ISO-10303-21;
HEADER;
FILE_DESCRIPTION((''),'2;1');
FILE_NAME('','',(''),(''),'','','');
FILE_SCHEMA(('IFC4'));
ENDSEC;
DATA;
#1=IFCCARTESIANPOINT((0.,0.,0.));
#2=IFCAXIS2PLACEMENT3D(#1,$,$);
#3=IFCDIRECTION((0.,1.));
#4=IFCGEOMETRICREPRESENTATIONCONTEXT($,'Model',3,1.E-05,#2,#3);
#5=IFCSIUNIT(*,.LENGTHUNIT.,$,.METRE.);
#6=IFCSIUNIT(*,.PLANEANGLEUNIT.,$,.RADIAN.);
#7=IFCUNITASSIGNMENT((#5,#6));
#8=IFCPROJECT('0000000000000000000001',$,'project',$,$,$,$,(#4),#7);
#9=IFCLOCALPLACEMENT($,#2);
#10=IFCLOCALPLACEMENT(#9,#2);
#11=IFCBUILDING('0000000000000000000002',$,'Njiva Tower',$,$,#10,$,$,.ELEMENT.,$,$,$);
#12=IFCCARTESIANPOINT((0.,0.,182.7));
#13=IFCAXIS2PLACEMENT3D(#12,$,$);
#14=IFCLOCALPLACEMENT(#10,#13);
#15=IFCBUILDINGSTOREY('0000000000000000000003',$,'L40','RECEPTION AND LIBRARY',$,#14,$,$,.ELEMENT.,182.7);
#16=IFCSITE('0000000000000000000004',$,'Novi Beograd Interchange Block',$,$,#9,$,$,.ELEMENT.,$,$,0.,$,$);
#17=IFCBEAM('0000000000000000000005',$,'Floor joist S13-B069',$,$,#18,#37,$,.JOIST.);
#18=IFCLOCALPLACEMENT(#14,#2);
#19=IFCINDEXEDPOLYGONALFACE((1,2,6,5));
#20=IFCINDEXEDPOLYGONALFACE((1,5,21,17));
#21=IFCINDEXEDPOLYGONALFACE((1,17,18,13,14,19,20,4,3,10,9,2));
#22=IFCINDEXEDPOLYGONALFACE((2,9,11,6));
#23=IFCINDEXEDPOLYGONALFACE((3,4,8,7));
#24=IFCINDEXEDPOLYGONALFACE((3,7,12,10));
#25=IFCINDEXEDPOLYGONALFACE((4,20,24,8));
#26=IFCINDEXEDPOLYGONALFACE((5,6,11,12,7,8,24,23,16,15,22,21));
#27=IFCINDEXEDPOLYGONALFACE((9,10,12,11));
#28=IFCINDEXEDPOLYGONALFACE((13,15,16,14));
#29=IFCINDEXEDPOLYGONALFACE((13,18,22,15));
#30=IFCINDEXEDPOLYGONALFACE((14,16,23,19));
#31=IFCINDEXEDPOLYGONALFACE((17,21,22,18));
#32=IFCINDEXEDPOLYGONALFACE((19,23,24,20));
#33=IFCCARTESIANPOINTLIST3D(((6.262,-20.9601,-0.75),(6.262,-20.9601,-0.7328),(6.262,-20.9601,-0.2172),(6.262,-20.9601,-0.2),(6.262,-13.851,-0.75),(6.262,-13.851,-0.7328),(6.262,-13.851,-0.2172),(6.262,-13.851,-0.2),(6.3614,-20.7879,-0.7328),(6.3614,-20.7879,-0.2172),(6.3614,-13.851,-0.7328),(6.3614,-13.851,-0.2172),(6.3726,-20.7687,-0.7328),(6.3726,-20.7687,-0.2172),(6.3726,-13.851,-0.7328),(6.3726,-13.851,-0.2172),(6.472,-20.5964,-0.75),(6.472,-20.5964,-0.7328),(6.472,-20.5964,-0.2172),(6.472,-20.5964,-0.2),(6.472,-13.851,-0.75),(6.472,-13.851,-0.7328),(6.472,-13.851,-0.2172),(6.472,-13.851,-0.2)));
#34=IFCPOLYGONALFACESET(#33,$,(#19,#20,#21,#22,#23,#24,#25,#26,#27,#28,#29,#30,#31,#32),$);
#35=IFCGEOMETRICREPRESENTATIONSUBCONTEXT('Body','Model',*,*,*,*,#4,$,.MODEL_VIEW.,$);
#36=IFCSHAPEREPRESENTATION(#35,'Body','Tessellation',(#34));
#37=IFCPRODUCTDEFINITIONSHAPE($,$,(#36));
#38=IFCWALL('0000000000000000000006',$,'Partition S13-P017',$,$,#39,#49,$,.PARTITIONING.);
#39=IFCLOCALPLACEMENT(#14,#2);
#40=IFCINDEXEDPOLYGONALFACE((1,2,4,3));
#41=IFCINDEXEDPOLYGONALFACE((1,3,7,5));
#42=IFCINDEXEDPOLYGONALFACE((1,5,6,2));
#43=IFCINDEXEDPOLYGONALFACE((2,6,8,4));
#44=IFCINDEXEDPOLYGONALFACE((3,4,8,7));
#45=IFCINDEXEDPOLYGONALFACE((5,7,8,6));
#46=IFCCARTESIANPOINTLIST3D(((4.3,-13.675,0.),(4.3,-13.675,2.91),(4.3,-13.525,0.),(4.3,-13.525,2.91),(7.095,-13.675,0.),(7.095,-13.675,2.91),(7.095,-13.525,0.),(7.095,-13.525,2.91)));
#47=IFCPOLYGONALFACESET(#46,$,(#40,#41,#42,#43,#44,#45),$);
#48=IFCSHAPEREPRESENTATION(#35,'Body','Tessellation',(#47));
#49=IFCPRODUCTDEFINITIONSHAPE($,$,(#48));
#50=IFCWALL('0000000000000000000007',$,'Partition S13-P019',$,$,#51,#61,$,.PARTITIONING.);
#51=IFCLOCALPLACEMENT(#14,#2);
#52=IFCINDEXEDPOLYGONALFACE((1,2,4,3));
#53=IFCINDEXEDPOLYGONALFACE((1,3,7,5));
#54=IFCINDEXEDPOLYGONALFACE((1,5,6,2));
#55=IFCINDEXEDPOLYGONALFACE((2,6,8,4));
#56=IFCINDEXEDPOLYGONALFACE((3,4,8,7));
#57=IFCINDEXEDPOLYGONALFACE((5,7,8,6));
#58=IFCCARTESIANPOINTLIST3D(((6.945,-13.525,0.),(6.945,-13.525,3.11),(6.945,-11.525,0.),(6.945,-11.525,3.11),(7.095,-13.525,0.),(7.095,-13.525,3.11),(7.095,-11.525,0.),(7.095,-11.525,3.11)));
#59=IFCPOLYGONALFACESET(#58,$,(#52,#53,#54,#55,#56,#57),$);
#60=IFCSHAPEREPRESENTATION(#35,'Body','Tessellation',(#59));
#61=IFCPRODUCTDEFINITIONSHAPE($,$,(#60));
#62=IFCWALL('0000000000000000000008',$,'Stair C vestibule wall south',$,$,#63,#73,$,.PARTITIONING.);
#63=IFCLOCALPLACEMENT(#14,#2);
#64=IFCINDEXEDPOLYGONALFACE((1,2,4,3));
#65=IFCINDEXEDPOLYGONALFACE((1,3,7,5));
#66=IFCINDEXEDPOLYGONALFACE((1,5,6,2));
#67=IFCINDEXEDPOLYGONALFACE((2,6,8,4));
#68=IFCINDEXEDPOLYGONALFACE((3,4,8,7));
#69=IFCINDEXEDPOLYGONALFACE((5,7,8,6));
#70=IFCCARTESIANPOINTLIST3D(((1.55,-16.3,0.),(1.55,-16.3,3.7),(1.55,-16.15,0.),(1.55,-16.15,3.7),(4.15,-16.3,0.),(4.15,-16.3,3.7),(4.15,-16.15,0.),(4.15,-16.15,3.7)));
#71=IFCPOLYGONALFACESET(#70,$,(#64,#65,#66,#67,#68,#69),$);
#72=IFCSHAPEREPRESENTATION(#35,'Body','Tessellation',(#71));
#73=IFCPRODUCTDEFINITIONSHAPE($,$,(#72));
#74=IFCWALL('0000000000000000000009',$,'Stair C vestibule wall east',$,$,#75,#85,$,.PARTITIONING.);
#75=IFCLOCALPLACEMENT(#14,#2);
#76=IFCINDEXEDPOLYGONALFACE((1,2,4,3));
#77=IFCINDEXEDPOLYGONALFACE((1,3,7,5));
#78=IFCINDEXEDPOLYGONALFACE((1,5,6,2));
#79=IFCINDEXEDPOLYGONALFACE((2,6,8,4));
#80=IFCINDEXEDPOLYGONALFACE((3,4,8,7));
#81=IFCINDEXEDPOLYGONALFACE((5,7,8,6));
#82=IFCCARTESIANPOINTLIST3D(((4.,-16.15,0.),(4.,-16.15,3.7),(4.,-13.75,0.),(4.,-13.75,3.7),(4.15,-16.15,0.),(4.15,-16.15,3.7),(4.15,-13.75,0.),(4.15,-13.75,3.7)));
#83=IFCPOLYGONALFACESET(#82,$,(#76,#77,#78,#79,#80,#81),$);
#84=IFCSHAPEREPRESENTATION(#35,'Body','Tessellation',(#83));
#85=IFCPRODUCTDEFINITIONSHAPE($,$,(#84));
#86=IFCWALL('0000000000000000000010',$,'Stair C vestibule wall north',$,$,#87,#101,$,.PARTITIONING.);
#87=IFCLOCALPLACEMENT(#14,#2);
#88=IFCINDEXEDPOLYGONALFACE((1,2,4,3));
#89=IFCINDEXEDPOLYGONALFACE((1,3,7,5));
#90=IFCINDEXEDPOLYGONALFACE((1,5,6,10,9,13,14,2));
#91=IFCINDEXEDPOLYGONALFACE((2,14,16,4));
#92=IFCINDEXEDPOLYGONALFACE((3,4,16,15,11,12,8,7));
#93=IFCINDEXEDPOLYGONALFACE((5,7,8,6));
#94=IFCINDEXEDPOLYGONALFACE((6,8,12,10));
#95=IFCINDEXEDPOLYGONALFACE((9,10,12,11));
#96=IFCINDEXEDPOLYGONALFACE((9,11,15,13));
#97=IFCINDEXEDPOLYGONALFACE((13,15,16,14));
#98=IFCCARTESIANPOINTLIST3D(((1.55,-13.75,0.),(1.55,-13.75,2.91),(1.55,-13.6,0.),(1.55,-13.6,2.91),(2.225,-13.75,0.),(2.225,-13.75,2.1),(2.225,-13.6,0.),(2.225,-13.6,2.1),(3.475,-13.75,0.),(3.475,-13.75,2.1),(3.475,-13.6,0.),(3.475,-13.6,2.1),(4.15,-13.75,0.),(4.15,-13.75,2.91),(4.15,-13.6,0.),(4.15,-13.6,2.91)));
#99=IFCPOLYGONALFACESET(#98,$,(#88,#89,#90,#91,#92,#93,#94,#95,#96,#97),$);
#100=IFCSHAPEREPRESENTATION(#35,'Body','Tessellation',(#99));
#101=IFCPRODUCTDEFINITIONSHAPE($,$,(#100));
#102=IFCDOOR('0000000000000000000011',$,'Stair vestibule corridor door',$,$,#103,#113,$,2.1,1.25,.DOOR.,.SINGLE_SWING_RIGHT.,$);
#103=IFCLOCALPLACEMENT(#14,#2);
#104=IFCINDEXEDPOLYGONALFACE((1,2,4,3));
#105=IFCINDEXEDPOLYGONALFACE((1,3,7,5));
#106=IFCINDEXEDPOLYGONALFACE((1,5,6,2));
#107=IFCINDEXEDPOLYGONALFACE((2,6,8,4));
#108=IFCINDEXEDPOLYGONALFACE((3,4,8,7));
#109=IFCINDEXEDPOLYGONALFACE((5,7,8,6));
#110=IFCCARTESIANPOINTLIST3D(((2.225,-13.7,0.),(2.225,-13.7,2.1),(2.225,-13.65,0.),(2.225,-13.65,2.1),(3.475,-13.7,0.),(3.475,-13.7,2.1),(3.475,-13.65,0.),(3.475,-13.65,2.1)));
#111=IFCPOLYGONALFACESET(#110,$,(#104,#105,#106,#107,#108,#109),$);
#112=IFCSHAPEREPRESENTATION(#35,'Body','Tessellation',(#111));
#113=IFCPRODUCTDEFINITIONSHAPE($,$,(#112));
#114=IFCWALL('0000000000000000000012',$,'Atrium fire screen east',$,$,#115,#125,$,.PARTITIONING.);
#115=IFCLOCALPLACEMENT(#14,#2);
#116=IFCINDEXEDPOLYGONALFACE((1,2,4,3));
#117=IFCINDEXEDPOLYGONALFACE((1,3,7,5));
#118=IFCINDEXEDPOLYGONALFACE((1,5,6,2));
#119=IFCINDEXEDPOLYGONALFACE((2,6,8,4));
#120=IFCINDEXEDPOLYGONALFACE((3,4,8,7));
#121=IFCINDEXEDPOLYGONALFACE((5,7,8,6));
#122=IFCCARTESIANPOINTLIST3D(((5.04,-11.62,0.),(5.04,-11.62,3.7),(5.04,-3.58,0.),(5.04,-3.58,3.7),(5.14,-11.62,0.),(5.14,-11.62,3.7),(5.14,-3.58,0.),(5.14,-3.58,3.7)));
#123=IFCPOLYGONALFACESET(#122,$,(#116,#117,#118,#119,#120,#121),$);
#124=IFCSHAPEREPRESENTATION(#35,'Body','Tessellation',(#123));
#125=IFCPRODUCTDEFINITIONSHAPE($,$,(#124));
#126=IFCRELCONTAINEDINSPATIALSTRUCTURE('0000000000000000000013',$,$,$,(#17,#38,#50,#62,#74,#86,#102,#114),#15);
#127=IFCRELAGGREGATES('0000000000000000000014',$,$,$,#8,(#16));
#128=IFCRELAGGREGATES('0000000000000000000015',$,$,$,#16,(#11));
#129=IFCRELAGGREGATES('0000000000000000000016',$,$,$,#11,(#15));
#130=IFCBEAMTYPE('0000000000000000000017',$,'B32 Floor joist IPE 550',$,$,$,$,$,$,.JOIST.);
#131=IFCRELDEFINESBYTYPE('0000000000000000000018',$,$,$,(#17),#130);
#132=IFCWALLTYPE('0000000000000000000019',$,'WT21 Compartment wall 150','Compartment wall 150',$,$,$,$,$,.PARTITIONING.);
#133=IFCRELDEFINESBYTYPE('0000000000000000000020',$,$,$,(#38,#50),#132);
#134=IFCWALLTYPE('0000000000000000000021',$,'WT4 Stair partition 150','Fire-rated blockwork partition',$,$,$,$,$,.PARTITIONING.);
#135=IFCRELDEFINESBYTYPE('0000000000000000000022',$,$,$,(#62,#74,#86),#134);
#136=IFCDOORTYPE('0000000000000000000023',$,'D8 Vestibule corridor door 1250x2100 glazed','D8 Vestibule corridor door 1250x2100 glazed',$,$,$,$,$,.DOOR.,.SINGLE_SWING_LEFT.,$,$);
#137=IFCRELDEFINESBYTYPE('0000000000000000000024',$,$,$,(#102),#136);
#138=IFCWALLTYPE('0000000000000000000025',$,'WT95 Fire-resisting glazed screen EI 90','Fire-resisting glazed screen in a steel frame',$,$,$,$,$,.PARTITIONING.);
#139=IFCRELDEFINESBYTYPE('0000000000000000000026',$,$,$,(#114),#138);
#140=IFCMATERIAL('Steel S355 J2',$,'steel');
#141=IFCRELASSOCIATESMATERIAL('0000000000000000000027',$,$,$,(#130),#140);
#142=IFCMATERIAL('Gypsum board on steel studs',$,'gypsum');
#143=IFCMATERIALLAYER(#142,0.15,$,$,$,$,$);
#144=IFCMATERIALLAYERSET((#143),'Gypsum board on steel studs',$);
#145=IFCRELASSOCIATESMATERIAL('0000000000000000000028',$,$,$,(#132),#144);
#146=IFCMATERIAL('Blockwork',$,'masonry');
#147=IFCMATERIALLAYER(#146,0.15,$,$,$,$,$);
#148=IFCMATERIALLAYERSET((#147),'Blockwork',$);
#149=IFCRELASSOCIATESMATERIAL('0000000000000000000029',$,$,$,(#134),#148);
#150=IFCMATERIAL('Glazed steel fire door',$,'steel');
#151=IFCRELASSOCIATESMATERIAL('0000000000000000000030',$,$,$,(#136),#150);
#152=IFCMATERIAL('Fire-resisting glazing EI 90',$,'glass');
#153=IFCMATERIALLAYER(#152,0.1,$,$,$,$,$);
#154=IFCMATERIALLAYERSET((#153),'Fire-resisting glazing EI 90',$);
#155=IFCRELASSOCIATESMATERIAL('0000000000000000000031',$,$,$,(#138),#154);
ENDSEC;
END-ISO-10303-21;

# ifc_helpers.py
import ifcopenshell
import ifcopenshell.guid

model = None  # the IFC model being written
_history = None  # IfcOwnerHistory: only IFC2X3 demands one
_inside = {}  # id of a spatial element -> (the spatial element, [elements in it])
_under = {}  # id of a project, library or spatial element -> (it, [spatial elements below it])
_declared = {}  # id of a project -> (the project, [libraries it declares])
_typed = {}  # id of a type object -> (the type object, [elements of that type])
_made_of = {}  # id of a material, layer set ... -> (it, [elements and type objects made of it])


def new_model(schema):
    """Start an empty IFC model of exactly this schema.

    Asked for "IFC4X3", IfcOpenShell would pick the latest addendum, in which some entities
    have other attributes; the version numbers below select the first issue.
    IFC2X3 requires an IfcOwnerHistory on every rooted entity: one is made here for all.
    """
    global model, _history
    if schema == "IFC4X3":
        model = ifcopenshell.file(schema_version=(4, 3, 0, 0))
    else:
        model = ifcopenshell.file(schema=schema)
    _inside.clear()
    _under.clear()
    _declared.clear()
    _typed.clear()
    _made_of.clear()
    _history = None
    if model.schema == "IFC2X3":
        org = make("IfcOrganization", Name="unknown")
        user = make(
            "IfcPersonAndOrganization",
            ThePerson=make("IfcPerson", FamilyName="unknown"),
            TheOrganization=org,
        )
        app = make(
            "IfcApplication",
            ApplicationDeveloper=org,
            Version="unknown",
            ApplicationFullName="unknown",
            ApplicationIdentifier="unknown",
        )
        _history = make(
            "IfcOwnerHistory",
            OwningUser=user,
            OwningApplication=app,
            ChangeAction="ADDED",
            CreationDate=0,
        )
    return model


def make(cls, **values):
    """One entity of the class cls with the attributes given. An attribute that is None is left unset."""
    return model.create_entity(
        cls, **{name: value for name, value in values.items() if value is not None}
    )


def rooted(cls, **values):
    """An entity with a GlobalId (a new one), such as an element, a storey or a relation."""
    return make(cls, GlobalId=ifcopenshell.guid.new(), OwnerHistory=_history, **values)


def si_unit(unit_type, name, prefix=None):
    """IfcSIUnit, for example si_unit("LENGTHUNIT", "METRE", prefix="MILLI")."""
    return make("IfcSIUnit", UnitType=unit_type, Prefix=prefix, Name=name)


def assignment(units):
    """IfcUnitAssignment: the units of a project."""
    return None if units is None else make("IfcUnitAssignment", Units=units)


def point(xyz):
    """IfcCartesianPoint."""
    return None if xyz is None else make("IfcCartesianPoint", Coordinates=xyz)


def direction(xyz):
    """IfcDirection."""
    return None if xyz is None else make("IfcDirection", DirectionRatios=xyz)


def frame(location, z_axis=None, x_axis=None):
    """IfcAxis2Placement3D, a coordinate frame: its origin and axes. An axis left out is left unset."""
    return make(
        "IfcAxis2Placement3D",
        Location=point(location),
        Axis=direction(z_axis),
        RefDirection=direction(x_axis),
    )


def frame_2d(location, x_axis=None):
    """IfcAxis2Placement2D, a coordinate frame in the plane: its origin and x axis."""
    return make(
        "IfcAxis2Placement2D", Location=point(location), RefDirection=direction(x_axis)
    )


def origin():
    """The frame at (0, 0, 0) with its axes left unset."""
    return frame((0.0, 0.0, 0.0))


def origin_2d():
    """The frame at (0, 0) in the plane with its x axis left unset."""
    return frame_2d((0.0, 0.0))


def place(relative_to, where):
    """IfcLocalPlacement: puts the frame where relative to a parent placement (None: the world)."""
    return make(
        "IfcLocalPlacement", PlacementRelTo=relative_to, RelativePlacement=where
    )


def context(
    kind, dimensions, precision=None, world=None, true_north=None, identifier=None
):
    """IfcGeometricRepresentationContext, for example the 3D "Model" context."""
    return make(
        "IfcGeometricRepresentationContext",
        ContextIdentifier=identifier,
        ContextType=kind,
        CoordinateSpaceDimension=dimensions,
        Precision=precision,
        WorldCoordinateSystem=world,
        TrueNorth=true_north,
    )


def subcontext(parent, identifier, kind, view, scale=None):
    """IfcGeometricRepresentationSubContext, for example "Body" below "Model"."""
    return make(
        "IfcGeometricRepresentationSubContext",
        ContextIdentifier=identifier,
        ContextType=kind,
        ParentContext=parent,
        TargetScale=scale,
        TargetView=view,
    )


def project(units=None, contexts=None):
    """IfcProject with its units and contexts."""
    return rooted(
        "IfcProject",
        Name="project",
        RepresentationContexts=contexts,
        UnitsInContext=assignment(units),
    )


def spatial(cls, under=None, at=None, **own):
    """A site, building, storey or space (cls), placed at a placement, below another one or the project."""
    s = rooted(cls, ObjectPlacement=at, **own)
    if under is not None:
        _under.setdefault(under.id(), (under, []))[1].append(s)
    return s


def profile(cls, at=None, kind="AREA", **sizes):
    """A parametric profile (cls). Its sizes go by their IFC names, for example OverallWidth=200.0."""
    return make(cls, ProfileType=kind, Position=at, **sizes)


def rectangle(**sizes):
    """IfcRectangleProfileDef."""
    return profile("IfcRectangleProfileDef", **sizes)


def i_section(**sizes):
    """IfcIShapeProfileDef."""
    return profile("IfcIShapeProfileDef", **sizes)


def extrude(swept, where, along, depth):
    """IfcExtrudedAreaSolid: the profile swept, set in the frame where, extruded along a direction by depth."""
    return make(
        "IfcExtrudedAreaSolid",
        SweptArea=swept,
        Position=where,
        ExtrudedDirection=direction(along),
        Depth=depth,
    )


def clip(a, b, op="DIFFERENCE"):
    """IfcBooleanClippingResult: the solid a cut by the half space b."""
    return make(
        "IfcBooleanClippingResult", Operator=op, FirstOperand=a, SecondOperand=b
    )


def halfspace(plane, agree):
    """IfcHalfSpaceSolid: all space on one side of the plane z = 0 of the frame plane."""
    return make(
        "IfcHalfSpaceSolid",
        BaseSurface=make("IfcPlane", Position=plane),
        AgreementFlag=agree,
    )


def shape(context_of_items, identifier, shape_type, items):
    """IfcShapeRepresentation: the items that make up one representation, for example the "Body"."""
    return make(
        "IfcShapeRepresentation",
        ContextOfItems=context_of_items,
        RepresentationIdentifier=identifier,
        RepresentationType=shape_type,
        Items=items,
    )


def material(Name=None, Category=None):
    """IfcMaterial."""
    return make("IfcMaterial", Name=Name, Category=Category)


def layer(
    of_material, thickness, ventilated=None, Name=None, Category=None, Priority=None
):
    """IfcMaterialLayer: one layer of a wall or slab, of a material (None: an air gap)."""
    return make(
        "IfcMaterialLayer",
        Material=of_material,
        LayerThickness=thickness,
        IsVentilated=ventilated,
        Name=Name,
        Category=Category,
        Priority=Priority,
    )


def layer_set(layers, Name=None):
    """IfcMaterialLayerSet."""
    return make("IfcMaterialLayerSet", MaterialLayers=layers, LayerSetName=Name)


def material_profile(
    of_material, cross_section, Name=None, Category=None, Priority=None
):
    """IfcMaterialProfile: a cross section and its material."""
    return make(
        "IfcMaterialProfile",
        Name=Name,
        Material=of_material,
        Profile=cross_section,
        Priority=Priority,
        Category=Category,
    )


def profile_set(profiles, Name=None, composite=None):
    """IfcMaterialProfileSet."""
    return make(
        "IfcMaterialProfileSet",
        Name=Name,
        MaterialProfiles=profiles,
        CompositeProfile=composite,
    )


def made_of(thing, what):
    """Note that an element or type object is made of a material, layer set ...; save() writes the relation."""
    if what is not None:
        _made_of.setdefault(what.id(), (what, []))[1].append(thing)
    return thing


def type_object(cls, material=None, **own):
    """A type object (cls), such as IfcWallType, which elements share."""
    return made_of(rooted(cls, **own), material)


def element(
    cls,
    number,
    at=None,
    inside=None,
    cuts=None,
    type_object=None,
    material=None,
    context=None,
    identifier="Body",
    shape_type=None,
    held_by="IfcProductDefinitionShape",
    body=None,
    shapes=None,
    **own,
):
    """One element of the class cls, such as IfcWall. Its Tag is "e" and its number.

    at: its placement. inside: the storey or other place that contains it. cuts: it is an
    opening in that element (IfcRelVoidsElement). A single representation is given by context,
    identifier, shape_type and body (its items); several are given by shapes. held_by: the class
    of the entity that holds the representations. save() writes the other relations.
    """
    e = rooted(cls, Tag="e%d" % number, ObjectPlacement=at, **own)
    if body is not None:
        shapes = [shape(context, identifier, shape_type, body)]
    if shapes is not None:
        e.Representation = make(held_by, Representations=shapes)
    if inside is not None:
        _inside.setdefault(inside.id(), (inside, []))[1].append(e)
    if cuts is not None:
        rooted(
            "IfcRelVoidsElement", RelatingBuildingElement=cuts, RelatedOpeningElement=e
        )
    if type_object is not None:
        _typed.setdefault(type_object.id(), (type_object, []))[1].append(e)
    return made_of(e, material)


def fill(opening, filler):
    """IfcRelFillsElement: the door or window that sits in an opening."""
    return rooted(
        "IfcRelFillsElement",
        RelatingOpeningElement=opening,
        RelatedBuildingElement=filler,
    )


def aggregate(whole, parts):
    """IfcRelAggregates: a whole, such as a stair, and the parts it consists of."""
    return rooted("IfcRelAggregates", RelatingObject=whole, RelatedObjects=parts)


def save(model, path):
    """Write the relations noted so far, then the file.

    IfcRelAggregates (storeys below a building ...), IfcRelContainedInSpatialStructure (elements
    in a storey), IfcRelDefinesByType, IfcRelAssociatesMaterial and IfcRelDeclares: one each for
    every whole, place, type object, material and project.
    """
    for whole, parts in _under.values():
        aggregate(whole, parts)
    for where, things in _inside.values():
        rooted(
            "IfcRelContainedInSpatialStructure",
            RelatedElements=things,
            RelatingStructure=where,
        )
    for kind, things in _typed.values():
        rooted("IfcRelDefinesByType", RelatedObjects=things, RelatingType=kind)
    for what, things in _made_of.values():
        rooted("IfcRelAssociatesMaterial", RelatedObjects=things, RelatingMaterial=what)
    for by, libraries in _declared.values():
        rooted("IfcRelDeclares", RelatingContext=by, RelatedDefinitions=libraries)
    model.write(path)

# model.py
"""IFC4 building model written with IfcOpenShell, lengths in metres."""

from ifc_helpers import new_model, si_unit, direction, frame, frame_2d, origin, origin_2d, place, context, subcontext, project, spatial, rectangle, i_section, extrude, clip, halfspace, material, layer, layer_set, material_profile, profile_set, type_object, element, fill, save


model = new_model("IFC4")

# Units and contexts
model_context = context("Model", 3, precision=1e-05, world=origin(), true_north=direction((0.0, 1.0)))
body_context = subcontext(model_context, "Body", "Model", "MODEL_VIEW")
ifc_project = project(units=[si_unit("LENGTHUNIT", "METRE"), si_unit("PLANEANGLEUNIT", "RADIAN")], contexts=[model_context])

# Site, building, storey
site_placement = place(None, origin())
site = spatial("IfcSite", under=ifc_project, at=site_placement, Name="Novi Beograd Interchange Block", CompositionType="ELEMENT", RefElevation=0.0)
building_placement = place(site_placement, origin())
building = spatial("IfcBuilding", under=site, at=building_placement, Name="Njiva Tower", CompositionType="ELEMENT")
storey_placement = place(building_placement, frame((0.0, 0.0, 182.7)))
storey = spatial("IfcBuildingStorey", under=building, at=storey_placement, Name="L40", Description="RECEPTION AND LIBRARY", CompositionType="ELEMENT", Elevation=182.7)

# Shared definitions
ifc_material_1 = material(Name="Steel S355 J2", Category="steel")

# Beam
ifc_material_profile_1 = material_profile(ifc_material_1, i_section(OverallWidth=0.21, OverallDepth=0.55, WebThickness=0.0111, FlangeThickness=0.0172, at=origin_2d()), Name="IPE 550")
ifc_profile_set_1 = profile_set([ifc_material_profile_1], Name="Steel S355 J2")
beam_type_1 = type_object("IfcBeamType", Name="B32 Floor joist IPE 550", PredefinedType="JOIST", material=ifc_profile_set_1)
beam_1_placement = place(storey_placement, frame((6.367, -13.851, -0.475), z_axis=(0.0, -1.0, 0.0), x_axis=(1.0, 0.0, 0.0)))
element("IfcBeam", 1, at=beam_1_placement, inside=storey, type_object=beam_type_1, Name="Floor joist S13-B069", PredefinedType="JOIST", context=body_context, shape_type="Clipping", body=[
    clip(extrude(i_section(OverallWidth=0.21, OverallDepth=0.55, WebThickness=0.0111, FlangeThickness=0.0172, at=origin_2d()), origin(), (0.0, 0.0, 1.0), 7.13), halfspace(frame((0.043, 0.0, 6.8528), z_axis=(0.866027, 0.0, 0.499998), x_axis=(0.0, 1.0, 0.0)), False)),
])

# Walls
ifc_material_2 = material(Name="Gypsum board on steel studs", Category="gypsum")
ifc_layer_1 = layer(ifc_material_2, 0.15)
ifc_layer_set_1 = layer_set([ifc_layer_1], Name="Gypsum board on steel studs")
wall_type_1 = type_object("IfcWallType", Name="WT21 Compartment wall 150", Description="Compartment wall 150", PredefinedType="PARTITIONING", material=ifc_layer_set_1)
wall_1_placement = place(storey_placement, frame((4.3, -13.6, 0.0), z_axis=(0.0, 0.0, 1.0), x_axis=(1.0, 0.0, 0.0)))
element("IfcWall", 2, at=wall_1_placement, inside=storey, type_object=wall_type_1, Name="Partition S13-P017", PredefinedType="PARTITIONING", context=body_context, shape_type="SweptSolid", body=[
    extrude(rectangle(XDim=2.795, YDim=0.15, at=frame_2d((1.3975, 0.0))), origin(), (0.0, 0.0, 1.0), 2.91),
])
wall_2_placement = place(storey_placement, frame((7.02, -13.525, 0.0), z_axis=(0.0, 0.0, 1.0), x_axis=(0.0, 1.0, 0.0)))
element("IfcWall", 3, at=wall_2_placement, inside=storey, type_object=wall_type_1, Name="Partition S13-P019", PredefinedType="PARTITIONING", context=body_context, shape_type="SweptSolid", body=[
    extrude(rectangle(XDim=2.0, YDim=0.15, at=frame_2d((1.0, 0.0))), origin(), (0.0, 0.0, 1.0), 3.11),
])
ifc_material_3 = material(Name="Blockwork", Category="masonry")
ifc_layer_2 = layer(ifc_material_3, 0.15)
ifc_layer_set_2 = layer_set([ifc_layer_2], Name="Blockwork")
wall_type_2 = type_object("IfcWallType", Name="WT4 Stair partition 150", Description="Fire-rated blockwork partition", PredefinedType="PARTITIONING", material=ifc_layer_set_2)
wall_3_placement = place(storey_placement, frame((1.55, -16.225, 0.0), z_axis=(0.0, 0.0, 1.0), x_axis=(1.0, 0.0, 0.0)))
element("IfcWall", 4, at=wall_3_placement, inside=storey, type_object=wall_type_2, Name="Stair C vestibule wall south", PredefinedType="PARTITIONING", context=body_context, shape_type="SweptSolid", body=[
    extrude(rectangle(XDim=2.6, YDim=0.15, at=frame_2d((1.3, 0.0))), origin(), (0.0, 0.0, 1.0), 3.7),
])
wall_4_placement = place(storey_placement, frame((4.075, -16.15, 0.0), z_axis=(0.0, 0.0, 1.0), x_axis=(0.0, 1.0, 0.0)))
element("IfcWall", 5, at=wall_4_placement, inside=storey, type_object=wall_type_2, Name="Stair C vestibule wall east", PredefinedType="PARTITIONING", context=body_context, shape_type="SweptSolid", body=[
    extrude(rectangle(XDim=2.4, YDim=0.15, at=frame_2d((1.2, 0.0))), origin(), (0.0, 0.0, 1.0), 3.7),
])

# Wall, opening, door
wall_5_placement = place(storey_placement, frame((1.55, -13.675, 0.0), z_axis=(0.0, 0.0, 1.0), x_axis=(1.0, 0.0, 0.0)))
wall_5 = element("IfcWall", 6, at=wall_5_placement, inside=storey, type_object=wall_type_2, Name="Stair C vestibule wall north", PredefinedType="PARTITIONING", context=body_context, shape_type="SweptSolid", body=[
    extrude(rectangle(XDim=2.6, YDim=0.15, at=frame_2d((1.3, 0.0))), origin(), (0.0, 0.0, 1.0), 2.91),
])
opening_placement = place(wall_5_placement, frame((0.675, 0.0, 0.0)))
opening = element("IfcOpeningElement", 7, at=opening_placement, cuts=wall_5, PredefinedType="OPENING", context=body_context, shape_type="SweptSolid", body=[
    extrude(rectangle(XDim=1.25, YDim=2.1, at=frame_2d((0.625, 1.05))), frame((0.0, 0.085, 0.0), z_axis=(0.0, -1.0, 0.0), x_axis=(1.0, 0.0, 0.0)), (0.0, 0.0, 1.0), 0.17),
])
ifc_material_4 = material(Name="Glazed steel fire door", Category="steel")
door_type = type_object("IfcDoorType", Name="D8 Vestibule corridor door 1250x2100 glazed", Description="D8 Vestibule corridor door 1250x2100 glazed", OperationType="SINGLE_SWING_LEFT", PredefinedType="DOOR", material=ifc_material_4)
door_placement = place(opening_placement, origin())
door = element("IfcDoor", 8, at=door_placement, inside=storey, type_object=door_type, Name="Stair vestibule corridor door", OperationType="SINGLE_SWING_RIGHT", OverallHeight=2.1, OverallWidth=1.25, PredefinedType="DOOR", context=body_context, shape_type="SweptSolid", body=[
    extrude(rectangle(XDim=1.25, YDim=2.1, at=frame_2d((0.625, 1.05))), frame((0.0, 0.025, 0.0), z_axis=(0.0, -1.0, 0.0), x_axis=(1.0, 0.0, 0.0)), (0.0, 0.0, 1.0), 0.05),
])
fill(opening, door)

# Wall
ifc_material_5 = material(Name="Fire-resisting glazing EI 90", Category="glass")
ifc_layer_3 = layer(ifc_material_5, 0.1)
ifc_layer_set_3 = layer_set([ifc_layer_3], Name="Fire-resisting glazing EI 90")
wall_type_3 = type_object("IfcWallType", Name="WT95 Fire-resisting glazed screen EI 90", Description="Fire-resisting glazed screen in a steel frame", PredefinedType="PARTITIONING", material=ifc_layer_set_3)
wall_6_placement = place(storey_placement, frame((5.09, -11.62, 0.0), z_axis=(0.0, 0.0, 1.0), x_axis=(0.0, 1.0, 0.0)))
element("IfcWall", 9, at=wall_6_placement, inside=storey, type_object=wall_type_3, Name="Atrium fire screen east", PredefinedType="PARTITIONING", context=body_context, shape_type="SweptSolid", body=[
    extrude(rectangle(XDim=8.04, YDim=0.1, at=frame_2d((4.02, 0.0))), origin(), (0.0, 0.0, 1.0), 3.7),
])

save(model, "model.ifc")
